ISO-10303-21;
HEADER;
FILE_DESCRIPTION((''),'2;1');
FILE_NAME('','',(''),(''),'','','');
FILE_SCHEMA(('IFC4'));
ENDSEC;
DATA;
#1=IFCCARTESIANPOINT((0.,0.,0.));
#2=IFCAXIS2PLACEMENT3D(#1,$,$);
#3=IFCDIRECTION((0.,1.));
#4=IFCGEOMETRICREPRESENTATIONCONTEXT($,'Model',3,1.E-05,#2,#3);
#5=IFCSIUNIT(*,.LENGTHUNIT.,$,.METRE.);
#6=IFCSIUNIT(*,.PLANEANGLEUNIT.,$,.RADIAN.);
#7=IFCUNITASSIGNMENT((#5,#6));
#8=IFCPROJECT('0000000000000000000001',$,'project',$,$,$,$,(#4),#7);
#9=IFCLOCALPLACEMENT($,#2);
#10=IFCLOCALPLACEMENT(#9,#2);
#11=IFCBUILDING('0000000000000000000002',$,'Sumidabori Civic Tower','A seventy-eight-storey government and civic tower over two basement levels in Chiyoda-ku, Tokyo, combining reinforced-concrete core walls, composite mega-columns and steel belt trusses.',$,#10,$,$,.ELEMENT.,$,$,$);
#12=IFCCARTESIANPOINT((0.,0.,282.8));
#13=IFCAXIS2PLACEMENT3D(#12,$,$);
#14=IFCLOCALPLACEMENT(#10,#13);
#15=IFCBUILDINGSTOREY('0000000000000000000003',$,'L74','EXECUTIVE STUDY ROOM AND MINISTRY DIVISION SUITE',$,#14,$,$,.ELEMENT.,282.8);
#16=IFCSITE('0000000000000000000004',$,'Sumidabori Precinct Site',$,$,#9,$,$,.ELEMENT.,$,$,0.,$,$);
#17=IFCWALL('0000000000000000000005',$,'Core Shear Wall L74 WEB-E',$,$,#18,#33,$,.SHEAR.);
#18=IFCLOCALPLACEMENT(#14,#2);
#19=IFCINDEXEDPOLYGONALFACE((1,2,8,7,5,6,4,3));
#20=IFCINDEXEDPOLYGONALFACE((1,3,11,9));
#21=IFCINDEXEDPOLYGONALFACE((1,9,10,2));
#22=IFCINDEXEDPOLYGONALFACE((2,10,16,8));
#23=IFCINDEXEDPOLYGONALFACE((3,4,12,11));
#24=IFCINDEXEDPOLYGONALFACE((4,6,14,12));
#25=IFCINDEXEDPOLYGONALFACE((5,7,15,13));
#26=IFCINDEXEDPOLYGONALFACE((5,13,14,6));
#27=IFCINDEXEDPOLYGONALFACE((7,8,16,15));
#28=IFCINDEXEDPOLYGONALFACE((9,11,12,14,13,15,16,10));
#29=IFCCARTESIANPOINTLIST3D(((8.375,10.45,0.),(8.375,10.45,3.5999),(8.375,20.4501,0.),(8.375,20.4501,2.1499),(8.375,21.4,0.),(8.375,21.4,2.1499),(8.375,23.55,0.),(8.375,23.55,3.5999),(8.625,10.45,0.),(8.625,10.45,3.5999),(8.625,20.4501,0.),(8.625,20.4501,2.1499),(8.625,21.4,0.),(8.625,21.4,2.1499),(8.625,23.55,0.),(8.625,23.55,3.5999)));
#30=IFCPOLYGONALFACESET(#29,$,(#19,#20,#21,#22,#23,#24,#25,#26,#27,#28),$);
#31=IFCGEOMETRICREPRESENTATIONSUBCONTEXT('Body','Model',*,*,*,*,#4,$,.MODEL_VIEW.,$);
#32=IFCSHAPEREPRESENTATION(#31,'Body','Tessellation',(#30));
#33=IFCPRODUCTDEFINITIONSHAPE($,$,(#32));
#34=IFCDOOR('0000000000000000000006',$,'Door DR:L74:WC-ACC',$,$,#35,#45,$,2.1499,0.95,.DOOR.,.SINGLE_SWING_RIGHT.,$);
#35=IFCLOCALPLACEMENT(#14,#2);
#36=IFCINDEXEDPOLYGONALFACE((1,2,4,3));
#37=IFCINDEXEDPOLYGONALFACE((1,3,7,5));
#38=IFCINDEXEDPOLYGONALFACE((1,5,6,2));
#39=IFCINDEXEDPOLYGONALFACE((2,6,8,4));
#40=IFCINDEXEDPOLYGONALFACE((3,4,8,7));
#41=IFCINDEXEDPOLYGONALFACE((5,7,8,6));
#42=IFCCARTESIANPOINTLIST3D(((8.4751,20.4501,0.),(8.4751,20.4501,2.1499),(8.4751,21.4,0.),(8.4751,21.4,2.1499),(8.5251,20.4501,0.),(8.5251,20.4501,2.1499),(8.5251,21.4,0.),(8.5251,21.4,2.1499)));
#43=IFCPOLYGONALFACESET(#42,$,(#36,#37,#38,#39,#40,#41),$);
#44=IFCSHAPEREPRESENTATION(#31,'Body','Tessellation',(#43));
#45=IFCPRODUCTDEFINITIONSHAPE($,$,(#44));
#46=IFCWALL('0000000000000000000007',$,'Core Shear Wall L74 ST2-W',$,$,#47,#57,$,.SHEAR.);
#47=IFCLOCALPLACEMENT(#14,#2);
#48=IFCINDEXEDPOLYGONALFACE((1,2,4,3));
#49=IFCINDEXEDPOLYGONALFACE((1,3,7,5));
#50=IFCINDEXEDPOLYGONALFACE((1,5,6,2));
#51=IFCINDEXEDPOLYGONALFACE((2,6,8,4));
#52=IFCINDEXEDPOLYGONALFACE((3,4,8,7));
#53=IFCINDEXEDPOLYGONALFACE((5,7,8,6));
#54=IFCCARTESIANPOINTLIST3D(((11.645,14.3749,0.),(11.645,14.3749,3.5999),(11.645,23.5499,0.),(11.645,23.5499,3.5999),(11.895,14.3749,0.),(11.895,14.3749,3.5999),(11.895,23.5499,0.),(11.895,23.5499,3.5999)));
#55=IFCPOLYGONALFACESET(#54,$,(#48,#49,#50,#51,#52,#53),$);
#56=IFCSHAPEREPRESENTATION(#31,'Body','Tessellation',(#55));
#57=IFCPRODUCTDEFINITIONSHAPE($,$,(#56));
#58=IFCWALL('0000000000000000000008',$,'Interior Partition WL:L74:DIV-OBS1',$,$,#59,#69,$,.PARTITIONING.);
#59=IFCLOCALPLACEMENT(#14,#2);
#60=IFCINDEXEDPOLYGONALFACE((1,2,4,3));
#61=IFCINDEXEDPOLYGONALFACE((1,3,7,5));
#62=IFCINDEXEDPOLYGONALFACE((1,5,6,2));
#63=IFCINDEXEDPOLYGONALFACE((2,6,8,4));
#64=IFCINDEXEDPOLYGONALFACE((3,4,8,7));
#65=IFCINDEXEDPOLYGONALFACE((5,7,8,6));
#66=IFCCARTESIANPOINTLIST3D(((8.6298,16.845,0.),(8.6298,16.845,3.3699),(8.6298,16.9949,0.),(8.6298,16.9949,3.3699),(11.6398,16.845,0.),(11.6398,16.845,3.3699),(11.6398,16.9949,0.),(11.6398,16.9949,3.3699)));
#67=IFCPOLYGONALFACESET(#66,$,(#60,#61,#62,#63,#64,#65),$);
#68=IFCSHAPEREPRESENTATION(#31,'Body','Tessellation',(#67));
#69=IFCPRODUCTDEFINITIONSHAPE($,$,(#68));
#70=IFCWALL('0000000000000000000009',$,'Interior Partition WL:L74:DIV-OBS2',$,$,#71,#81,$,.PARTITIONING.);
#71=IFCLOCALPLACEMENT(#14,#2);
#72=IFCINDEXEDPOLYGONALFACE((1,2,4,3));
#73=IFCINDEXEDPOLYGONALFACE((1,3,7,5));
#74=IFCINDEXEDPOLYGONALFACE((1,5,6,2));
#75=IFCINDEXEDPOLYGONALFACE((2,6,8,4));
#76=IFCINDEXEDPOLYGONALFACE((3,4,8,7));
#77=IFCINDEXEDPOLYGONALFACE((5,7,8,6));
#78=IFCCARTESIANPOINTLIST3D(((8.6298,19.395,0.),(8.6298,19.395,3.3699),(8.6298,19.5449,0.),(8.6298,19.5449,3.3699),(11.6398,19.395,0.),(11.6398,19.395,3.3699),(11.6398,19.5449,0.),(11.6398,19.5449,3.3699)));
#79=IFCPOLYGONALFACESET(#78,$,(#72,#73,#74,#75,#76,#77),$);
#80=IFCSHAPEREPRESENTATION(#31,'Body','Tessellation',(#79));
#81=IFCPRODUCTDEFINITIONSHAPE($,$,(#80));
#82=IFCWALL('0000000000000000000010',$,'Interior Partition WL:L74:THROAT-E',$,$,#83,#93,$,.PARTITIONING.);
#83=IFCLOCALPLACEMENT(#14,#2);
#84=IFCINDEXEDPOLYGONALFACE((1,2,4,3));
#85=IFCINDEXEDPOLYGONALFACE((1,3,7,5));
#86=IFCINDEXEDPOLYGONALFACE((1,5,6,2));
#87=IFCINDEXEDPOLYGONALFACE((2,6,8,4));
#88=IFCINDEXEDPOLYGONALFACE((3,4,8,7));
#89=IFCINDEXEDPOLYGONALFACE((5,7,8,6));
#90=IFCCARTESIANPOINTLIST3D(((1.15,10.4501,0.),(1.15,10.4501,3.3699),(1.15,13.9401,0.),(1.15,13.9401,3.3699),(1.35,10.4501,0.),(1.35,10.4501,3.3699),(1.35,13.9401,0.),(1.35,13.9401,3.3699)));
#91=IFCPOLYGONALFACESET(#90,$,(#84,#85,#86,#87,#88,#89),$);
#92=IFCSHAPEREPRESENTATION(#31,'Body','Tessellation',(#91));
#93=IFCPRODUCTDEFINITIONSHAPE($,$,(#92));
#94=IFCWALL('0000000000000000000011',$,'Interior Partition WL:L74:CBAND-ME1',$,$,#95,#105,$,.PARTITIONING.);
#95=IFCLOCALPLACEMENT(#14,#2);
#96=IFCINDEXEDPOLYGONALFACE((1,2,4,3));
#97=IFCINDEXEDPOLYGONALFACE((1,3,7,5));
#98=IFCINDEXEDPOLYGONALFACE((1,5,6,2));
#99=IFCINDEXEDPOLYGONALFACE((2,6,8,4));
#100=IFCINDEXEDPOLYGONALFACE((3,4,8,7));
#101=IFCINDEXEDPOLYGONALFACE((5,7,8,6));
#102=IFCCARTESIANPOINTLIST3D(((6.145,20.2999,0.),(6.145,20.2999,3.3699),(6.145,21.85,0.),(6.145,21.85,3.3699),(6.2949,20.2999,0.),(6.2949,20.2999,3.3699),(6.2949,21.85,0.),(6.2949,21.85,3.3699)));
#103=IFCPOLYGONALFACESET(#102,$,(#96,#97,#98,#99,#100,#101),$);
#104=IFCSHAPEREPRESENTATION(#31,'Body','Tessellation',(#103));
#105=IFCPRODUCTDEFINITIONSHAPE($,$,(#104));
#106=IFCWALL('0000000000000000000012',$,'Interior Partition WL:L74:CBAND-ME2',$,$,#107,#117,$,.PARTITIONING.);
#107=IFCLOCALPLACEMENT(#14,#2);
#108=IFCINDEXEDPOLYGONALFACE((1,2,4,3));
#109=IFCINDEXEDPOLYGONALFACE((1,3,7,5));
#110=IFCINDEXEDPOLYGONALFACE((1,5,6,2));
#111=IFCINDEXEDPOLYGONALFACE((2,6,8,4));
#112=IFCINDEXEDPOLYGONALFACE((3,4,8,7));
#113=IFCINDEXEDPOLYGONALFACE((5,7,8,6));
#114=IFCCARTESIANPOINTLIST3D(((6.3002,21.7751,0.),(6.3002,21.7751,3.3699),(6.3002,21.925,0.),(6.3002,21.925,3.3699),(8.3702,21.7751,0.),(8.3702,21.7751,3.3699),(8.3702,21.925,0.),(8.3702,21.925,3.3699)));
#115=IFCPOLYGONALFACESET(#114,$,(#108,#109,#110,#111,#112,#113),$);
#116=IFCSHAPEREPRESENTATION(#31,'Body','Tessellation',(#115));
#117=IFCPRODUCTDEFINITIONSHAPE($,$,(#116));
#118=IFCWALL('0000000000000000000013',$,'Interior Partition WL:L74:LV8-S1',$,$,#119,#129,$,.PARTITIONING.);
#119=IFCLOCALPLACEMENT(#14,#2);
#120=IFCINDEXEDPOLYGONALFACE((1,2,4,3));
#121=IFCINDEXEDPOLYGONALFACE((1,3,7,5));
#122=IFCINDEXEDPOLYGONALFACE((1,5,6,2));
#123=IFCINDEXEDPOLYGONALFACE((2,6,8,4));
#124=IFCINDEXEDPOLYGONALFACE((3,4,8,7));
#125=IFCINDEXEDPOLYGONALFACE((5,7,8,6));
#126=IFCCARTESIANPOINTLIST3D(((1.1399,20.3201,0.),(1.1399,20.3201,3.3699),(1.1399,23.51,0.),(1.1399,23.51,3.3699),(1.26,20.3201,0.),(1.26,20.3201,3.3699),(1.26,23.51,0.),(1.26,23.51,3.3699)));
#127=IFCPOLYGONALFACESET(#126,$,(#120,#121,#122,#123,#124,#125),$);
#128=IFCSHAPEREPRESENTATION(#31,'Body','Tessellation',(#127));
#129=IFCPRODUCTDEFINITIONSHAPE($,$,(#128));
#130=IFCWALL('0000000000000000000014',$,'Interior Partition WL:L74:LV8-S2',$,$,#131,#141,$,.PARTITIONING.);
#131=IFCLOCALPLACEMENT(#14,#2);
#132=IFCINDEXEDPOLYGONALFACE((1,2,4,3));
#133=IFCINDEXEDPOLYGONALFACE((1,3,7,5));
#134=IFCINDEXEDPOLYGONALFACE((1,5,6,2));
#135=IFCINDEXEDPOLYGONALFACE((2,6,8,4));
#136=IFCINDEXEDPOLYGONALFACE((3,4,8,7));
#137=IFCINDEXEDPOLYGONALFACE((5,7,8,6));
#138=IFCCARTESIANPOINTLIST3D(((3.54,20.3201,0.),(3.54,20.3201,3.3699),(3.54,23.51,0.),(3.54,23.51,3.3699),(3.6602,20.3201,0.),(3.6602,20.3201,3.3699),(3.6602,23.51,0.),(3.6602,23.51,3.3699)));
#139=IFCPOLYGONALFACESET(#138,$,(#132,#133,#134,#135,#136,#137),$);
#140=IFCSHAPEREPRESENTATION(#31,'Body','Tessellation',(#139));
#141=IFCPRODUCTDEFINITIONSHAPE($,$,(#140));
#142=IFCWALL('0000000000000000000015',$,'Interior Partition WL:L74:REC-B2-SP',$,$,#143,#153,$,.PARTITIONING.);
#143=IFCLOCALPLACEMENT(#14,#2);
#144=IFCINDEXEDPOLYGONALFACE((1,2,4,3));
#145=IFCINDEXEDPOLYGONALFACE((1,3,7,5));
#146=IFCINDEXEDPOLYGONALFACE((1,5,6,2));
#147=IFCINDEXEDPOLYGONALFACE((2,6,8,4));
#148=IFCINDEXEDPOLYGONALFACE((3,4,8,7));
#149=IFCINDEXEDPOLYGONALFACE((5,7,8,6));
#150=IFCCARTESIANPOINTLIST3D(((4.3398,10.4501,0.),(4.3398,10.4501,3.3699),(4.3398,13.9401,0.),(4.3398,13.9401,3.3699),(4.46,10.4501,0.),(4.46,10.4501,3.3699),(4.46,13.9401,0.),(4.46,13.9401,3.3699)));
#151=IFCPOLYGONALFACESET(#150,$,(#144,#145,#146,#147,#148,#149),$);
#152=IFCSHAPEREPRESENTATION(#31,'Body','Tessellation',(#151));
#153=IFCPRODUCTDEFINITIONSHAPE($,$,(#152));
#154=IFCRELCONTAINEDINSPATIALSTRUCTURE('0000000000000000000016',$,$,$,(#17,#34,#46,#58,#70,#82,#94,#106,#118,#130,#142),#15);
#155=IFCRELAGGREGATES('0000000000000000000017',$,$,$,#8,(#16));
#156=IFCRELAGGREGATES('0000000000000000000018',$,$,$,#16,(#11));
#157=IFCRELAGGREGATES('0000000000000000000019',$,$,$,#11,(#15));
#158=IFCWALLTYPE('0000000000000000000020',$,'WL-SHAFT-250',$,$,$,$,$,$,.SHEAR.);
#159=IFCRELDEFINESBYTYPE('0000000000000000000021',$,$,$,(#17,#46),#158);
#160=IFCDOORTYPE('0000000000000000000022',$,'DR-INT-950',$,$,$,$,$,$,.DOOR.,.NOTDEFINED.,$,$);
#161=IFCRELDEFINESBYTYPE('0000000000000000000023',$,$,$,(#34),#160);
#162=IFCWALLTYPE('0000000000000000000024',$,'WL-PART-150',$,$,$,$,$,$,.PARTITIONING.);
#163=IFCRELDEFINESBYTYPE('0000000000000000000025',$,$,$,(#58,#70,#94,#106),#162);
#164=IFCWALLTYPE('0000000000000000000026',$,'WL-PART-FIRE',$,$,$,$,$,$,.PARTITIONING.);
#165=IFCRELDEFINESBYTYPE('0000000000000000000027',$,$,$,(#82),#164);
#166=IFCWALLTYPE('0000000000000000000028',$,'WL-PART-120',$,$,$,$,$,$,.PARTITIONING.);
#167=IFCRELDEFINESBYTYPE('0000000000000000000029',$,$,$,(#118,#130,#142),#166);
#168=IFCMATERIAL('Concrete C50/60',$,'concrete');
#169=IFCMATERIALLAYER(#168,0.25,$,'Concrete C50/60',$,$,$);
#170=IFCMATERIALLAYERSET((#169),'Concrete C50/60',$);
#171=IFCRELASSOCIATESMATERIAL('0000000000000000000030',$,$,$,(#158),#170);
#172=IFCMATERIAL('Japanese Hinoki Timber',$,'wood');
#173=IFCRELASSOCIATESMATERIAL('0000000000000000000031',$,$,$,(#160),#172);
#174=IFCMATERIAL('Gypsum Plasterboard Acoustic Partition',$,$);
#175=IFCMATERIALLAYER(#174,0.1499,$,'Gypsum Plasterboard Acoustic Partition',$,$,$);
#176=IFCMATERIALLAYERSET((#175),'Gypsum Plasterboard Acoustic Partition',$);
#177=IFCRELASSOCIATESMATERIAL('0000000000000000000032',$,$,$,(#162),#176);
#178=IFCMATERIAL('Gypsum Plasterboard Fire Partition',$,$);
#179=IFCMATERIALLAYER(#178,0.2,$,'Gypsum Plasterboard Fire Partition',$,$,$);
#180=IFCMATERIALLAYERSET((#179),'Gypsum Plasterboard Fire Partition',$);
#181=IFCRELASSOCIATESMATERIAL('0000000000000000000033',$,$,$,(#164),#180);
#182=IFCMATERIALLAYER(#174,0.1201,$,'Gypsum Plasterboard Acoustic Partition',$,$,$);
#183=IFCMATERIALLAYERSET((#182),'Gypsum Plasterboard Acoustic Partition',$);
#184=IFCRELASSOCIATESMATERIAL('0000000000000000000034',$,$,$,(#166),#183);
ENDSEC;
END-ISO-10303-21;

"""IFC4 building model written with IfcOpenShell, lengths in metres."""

from ifc_helpers import new_model, si_unit, direction, frame, frame_2d, origin, place, context, subcontext, project, spatial, rectangle, extrude, source, transform, mapped, material, layer, layer_set, type_object, element, fill, save


model = new_model("IFC4")

# Units and contexts
model_context = context("Model", 3, precision=1e-05, world=origin(), true_north=direction((0.0, 1.0)))
body_context = subcontext(model_context, "Body", "Model", "MODEL_VIEW")
ifc_project = project(units=[si_unit("LENGTHUNIT", "METRE"), si_unit("PLANEANGLEUNIT", "RADIAN")], contexts=[model_context])

# Site, building, storey
site_placement = place(None, origin())
site = spatial("IfcSite", under=ifc_project, at=site_placement, Name="Sumidabori Precinct Site", CompositionType="ELEMENT", RefElevation=0.0)
building_placement = place(site_placement, origin())
building = spatial("IfcBuilding", under=site, at=building_placement, Name="Sumidabori Civic Tower", Description="A seventy-eight-storey government and civic tower over two basement levels in Chiyoda-ku, Tokyo, combining reinforced-concrete core walls, composite mega-columns and steel belt trusses.", CompositionType="ELEMENT")
storey_placement = place(building_placement, frame((0.0, 0.0, 282.8)))
storey = spatial("IfcBuildingStorey", under=building, at=storey_placement, Name="L74", Description="EXECUTIVE STUDY ROOM AND MINISTRY DIVISION SUITE", CompositionType="ELEMENT", Elevation=282.8)

# Shared definitions
ifc_material_1 = material(Name="Concrete C50/60", Category="concrete")

# Wall, opening, door
ifc_layer_1 = layer(ifc_material_1, 0.25, Name="Concrete C50/60")
ifc_layer_set_1 = layer_set([ifc_layer_1], Name="Concrete C50/60")
wall_type_1 = type_object("IfcWallType", Name="WL-SHAFT-250", PredefinedType="SHEAR", material=ifc_layer_set_1)
shared_shape_1 = source(origin(), body_context, "Body", "SweptSolid", [
    extrude(rectangle(XDim=13.1001, YDim=0.25, at=frame_2d((6.55, 0.0))), origin(), (0.0, 0.0, 1.0), 3.5999),
])
wall_1_placement = place(storey_placement, frame((8.5, 10.45, 0.0), z_axis=(0.0, 0.0, 1.0), x_axis=(0.0, 1.0, 0.0)))
wall_1 = element("IfcWall", 1, at=wall_1_placement, inside=storey, type_object=wall_type_1, Name="Core Shear Wall L74 WEB-E", PredefinedType="SHEAR", context=body_context, shape_type="MappedRepresentation", body=[
    mapped(shared_shape_1, transform((0.0, 0.0, 0.0), x_axis=(1.0, 0.0, 0.0), y_axis=(0.0, 1.0, 0.0), z_axis=(0.0, 0.0, 1.0), scale=1.0)),
])
opening_1_placement = place(wall_1_placement, frame((10.0, 0.0, 0.0)))
opening_1 = element("IfcOpeningElement", 2, at=opening_1_placement, cuts=wall_1, PredefinedType="OPENING", context=body_context, shape_type="SweptSolid", body=[
    extrude(rectangle(XDim=0.95, YDim=2.1499, at=frame_2d((0.4751, 1.075))), frame((0.0, 0.137, 0.0), z_axis=(0.0, -1.0, 0.0), x_axis=(1.0, 0.0, 0.0)), (0.0, 0.0, 1.0), 0.2739),
])
ifc_material_2 = material(Name="Japanese Hinoki Timber", Category="wood")
door_type_1 = type_object("IfcDoorType", Name="DR-INT-950", OperationType="NOTDEFINED", PredefinedType="DOOR", material=ifc_material_2)
shared_shape_2 = source(origin(), body_context, "Body", "SweptSolid", [
    extrude(rectangle(XDim=0.95, YDim=2.1499, at=frame_2d((0.4751, 1.075))), frame((0.0, 0.0249, 0.0), z_axis=(0.0, -1.0, 0.0), x_axis=(1.0, 0.0, 0.0)), (0.0, 0.0, 1.0), 0.05),
])
door_1_placement = place(opening_1_placement, origin())
door_1 = element("IfcDoor", 3, at=door_1_placement, inside=storey, type_object=door_type_1, Name="Door DR:L74:WC-ACC", OperationType="SINGLE_SWING_RIGHT", OverallHeight=2.1499, OverallWidth=0.95, PredefinedType="DOOR", context=body_context, shape_type="MappedRepresentation", body=[
    mapped(shared_shape_2, transform((0.0, 0.0, 0.0), x_axis=(1.0, 0.0, 0.0), y_axis=(0.0, 1.0, 0.0), z_axis=(0.0, 0.0, 1.0), scale=1.0)),
])
fill(opening_1, door_1)

# Wall
shared_shape_3 = source(origin(), body_context, "Body", "SweptSolid", [
    extrude(rectangle(XDim=9.175, YDim=0.25, at=frame_2d((4.5874, 0.0))), origin(), (0.0, 0.0, 1.0), 3.5999),
])
wall_2_placement = place(storey_placement, frame((11.77, 14.375, 0.0), z_axis=(0.0, 0.0, 1.0), x_axis=(0.0, 1.0, 0.0)))
element("IfcWall", 4, at=wall_2_placement, inside=storey, type_object=wall_type_1, Name="Core Shear Wall L74 ST2-W", PredefinedType="SHEAR", context=body_context, shape_type="MappedRepresentation", body=[
    mapped(shared_shape_3, transform((0.0, 0.0, 0.0), x_axis=(1.0, 0.0, 0.0), y_axis=(0.0, 1.0, 0.0), z_axis=(0.0, 0.0, 1.0), scale=1.0)),
])

# Walls
ifc_material_3 = material(Name="Gypsum Plasterboard Acoustic Partition")
ifc_layer_2 = layer(ifc_material_3, 0.1499, Name="Gypsum Plasterboard Acoustic Partition")
ifc_layer_set_2 = layer_set([ifc_layer_2], Name="Gypsum Plasterboard Acoustic Partition")
wall_type_2 = type_object("IfcWallType", Name="WL-PART-150", PredefinedType="PARTITIONING", material=ifc_layer_set_2)
shared_shape_4 = source(origin(), body_context, "Body", "SweptSolid", [
    extrude(rectangle(XDim=3.01, YDim=0.1499, at=frame_2d((1.5049, 0.0))), origin(), (0.0, 0.0, 1.0), 3.3699),
])
for number, where, z_axis, x_axis, name in (
    (5, (8.6299, 16.9199, 0.0), (0.0, 0.0, 1.0), (1.0, 0.0, 0.0), "Interior Partition WL:L74:DIV-OBS1"),
    (6, (8.6299, 19.47, 0.0), (0.0, 0.0, 1.0), (1.0, 0.0, 0.0), "Interior Partition WL:L74:DIV-OBS2"),
):
    element("IfcWall", number, at=place(storey_placement, frame(where, z_axis=z_axis, x_axis=x_axis)), inside=storey, type_object=wall_type_2, Name=name, PredefinedType="PARTITIONING", context=body_context, shape_type="MappedRepresentation", body=[
        mapped(shared_shape_4, transform((0.0, 0.0, 0.0), x_axis=(1.0, 0.0, 0.0), y_axis=(0.0, 1.0, 0.0), z_axis=(0.0, 0.0, 1.0), scale=1.0)),
    ])

# Shared definitions
ifc_material_4 = material(Name="Gypsum Plasterboard Fire Partition")
ifc_layer_3 = layer(ifc_material_4, 0.2, Name="Gypsum Plasterboard Fire Partition")
ifc_layer_set_3 = layer_set([ifc_layer_3], Name="Gypsum Plasterboard Fire Partition")
wall_type_3 = type_object("IfcWallType", Name="WL-PART-FIRE", PredefinedType="PARTITIONING", material=ifc_layer_set_3)

# Walls
shared_shape_5 = source(origin(), body_context, "Body", "SweptSolid", [
    extrude(rectangle(XDim=3.49, YDim=0.2, at=frame_2d((1.7451, 0.0))), origin(), (0.0, 0.0, 1.0), 3.3699),
])
wall_3_placement = place(storey_placement, frame((1.25, 10.45, 0.0), z_axis=(0.0, 0.0, 1.0), x_axis=(0.0, 1.0, 0.0)))
element("IfcWall", 7, at=wall_3_placement, inside=storey, type_object=wall_type_3, Name="Interior Partition WL:L74:THROAT-E", PredefinedType="PARTITIONING", context=body_context, shape_type="MappedRepresentation", body=[
    mapped(shared_shape_5, transform((0.0, 0.0, 0.0), x_axis=(1.0, 0.0, 0.0), y_axis=(0.0, 1.0, 0.0), z_axis=(0.0, 0.0, 1.0), scale=1.0)),
])
shared_shape_6 = source(origin(), body_context, "Body", "SweptSolid", [
    extrude(rectangle(XDim=1.55, YDim=0.1499, at=frame_2d((0.7749, 0.0))), origin(), (0.0, 0.0, 1.0), 3.3699),
])
wall_4_placement = place(storey_placement, frame((6.22, 20.3, 0.0), z_axis=(0.0, 0.0, 1.0), x_axis=(0.0, 1.0, 0.0)))
element("IfcWall", 8, at=wall_4_placement, inside=storey, type_object=wall_type_2, Name="Interior Partition WL:L74:CBAND-ME1", PredefinedType="PARTITIONING", context=body_context, shape_type="MappedRepresentation", body=[
    mapped(shared_shape_6, transform((0.0, 0.0, 0.0), x_axis=(1.0, 0.0, 0.0), y_axis=(0.0, 1.0, 0.0), z_axis=(0.0, 0.0, 1.0), scale=1.0)),
])
shared_shape_7 = source(origin(), body_context, "Body", "SweptSolid", [
    extrude(rectangle(XDim=2.0701, YDim=0.1499, at=frame_2d((1.0352, 0.0))), origin(), (0.0, 0.0, 1.0), 3.3699),
])
wall_5_placement = place(storey_placement, frame((6.3, 21.8501, 0.0), z_axis=(0.0, 0.0, 1.0), x_axis=(1.0, 0.0, 0.0)))
element("IfcWall", 9, at=wall_5_placement, inside=storey, type_object=wall_type_2, Name="Interior Partition WL:L74:CBAND-ME2", PredefinedType="PARTITIONING", context=body_context, shape_type="MappedRepresentation", body=[
    mapped(shared_shape_7, transform((0.0, 0.0, 0.0), x_axis=(1.0, 0.0, 0.0), y_axis=(0.0, 1.0, 0.0), z_axis=(0.0, 0.0, 1.0), scale=1.0)),
])
ifc_layer_4 = layer(ifc_material_3, 0.1201, Name="Gypsum Plasterboard Acoustic Partition")
ifc_layer_set_4 = layer_set([ifc_layer_4], Name="Gypsum Plasterboard Acoustic Partition")
wall_type_4 = type_object("IfcWallType", Name="WL-PART-120", PredefinedType="PARTITIONING", material=ifc_layer_set_4)
shared_shape_8 = source(origin(), body_context, "Body", "SweptSolid", [
    extrude(rectangle(XDim=3.1899, YDim=0.1201, at=frame_2d((1.595, 0.0))), origin(), (0.0, 0.0, 1.0), 3.3699),
])
for number, where, z_axis, x_axis, name in (
    (10, (1.2, 20.3201, 0.0), (0.0, 0.0, 1.0), (0.0, 1.0, 0.0), "Interior Partition WL:L74:LV8-S1"),
    (11, (3.6001, 20.3201, 0.0), (0.0, 0.0, 1.0), (0.0, 1.0, 0.0), "Interior Partition WL:L74:LV8-S2"),
):
    element("IfcWall", number, at=place(storey_placement, frame(where, z_axis=z_axis, x_axis=x_axis)), inside=storey, type_object=wall_type_4, Name=name, PredefinedType="PARTITIONING", context=body_context, shape_type="MappedRepresentation", body=[
        mapped(shared_shape_8, transform((0.0, 0.0, 0.0), x_axis=(1.0, 0.0, 0.0), y_axis=(0.0, 1.0, 0.0), z_axis=(0.0, 0.0, 1.0), scale=1.0)),
    ])
shared_shape_9 = source(origin(), body_context, "Body", "SweptSolid", [
    extrude(rectangle(XDim=3.49, YDim=0.1201, at=frame_2d((1.7451, 0.0))), origin(), (0.0, 0.0, 1.0), 3.3699),
])
wall_6_placement = place(storey_placement, frame((4.3999, 10.45, 0.0), z_axis=(0.0, 0.0, 1.0), x_axis=(0.0, 1.0, 0.0)))
element("IfcWall", 12, at=wall_6_placement, inside=storey, type_object=wall_type_4, Name="Interior Partition WL:L74:REC-B2-SP", PredefinedType="PARTITIONING", context=body_context, shape_type="MappedRepresentation", body=[
    mapped(shared_shape_9, transform((0.0, 0.0, 0.0), x_axis=(1.0, 0.0, 0.0), y_axis=(0.0, 1.0, 0.0), z_axis=(0.0, 0.0, 1.0), scale=1.0)),
])

save(model, "model.ifc")
